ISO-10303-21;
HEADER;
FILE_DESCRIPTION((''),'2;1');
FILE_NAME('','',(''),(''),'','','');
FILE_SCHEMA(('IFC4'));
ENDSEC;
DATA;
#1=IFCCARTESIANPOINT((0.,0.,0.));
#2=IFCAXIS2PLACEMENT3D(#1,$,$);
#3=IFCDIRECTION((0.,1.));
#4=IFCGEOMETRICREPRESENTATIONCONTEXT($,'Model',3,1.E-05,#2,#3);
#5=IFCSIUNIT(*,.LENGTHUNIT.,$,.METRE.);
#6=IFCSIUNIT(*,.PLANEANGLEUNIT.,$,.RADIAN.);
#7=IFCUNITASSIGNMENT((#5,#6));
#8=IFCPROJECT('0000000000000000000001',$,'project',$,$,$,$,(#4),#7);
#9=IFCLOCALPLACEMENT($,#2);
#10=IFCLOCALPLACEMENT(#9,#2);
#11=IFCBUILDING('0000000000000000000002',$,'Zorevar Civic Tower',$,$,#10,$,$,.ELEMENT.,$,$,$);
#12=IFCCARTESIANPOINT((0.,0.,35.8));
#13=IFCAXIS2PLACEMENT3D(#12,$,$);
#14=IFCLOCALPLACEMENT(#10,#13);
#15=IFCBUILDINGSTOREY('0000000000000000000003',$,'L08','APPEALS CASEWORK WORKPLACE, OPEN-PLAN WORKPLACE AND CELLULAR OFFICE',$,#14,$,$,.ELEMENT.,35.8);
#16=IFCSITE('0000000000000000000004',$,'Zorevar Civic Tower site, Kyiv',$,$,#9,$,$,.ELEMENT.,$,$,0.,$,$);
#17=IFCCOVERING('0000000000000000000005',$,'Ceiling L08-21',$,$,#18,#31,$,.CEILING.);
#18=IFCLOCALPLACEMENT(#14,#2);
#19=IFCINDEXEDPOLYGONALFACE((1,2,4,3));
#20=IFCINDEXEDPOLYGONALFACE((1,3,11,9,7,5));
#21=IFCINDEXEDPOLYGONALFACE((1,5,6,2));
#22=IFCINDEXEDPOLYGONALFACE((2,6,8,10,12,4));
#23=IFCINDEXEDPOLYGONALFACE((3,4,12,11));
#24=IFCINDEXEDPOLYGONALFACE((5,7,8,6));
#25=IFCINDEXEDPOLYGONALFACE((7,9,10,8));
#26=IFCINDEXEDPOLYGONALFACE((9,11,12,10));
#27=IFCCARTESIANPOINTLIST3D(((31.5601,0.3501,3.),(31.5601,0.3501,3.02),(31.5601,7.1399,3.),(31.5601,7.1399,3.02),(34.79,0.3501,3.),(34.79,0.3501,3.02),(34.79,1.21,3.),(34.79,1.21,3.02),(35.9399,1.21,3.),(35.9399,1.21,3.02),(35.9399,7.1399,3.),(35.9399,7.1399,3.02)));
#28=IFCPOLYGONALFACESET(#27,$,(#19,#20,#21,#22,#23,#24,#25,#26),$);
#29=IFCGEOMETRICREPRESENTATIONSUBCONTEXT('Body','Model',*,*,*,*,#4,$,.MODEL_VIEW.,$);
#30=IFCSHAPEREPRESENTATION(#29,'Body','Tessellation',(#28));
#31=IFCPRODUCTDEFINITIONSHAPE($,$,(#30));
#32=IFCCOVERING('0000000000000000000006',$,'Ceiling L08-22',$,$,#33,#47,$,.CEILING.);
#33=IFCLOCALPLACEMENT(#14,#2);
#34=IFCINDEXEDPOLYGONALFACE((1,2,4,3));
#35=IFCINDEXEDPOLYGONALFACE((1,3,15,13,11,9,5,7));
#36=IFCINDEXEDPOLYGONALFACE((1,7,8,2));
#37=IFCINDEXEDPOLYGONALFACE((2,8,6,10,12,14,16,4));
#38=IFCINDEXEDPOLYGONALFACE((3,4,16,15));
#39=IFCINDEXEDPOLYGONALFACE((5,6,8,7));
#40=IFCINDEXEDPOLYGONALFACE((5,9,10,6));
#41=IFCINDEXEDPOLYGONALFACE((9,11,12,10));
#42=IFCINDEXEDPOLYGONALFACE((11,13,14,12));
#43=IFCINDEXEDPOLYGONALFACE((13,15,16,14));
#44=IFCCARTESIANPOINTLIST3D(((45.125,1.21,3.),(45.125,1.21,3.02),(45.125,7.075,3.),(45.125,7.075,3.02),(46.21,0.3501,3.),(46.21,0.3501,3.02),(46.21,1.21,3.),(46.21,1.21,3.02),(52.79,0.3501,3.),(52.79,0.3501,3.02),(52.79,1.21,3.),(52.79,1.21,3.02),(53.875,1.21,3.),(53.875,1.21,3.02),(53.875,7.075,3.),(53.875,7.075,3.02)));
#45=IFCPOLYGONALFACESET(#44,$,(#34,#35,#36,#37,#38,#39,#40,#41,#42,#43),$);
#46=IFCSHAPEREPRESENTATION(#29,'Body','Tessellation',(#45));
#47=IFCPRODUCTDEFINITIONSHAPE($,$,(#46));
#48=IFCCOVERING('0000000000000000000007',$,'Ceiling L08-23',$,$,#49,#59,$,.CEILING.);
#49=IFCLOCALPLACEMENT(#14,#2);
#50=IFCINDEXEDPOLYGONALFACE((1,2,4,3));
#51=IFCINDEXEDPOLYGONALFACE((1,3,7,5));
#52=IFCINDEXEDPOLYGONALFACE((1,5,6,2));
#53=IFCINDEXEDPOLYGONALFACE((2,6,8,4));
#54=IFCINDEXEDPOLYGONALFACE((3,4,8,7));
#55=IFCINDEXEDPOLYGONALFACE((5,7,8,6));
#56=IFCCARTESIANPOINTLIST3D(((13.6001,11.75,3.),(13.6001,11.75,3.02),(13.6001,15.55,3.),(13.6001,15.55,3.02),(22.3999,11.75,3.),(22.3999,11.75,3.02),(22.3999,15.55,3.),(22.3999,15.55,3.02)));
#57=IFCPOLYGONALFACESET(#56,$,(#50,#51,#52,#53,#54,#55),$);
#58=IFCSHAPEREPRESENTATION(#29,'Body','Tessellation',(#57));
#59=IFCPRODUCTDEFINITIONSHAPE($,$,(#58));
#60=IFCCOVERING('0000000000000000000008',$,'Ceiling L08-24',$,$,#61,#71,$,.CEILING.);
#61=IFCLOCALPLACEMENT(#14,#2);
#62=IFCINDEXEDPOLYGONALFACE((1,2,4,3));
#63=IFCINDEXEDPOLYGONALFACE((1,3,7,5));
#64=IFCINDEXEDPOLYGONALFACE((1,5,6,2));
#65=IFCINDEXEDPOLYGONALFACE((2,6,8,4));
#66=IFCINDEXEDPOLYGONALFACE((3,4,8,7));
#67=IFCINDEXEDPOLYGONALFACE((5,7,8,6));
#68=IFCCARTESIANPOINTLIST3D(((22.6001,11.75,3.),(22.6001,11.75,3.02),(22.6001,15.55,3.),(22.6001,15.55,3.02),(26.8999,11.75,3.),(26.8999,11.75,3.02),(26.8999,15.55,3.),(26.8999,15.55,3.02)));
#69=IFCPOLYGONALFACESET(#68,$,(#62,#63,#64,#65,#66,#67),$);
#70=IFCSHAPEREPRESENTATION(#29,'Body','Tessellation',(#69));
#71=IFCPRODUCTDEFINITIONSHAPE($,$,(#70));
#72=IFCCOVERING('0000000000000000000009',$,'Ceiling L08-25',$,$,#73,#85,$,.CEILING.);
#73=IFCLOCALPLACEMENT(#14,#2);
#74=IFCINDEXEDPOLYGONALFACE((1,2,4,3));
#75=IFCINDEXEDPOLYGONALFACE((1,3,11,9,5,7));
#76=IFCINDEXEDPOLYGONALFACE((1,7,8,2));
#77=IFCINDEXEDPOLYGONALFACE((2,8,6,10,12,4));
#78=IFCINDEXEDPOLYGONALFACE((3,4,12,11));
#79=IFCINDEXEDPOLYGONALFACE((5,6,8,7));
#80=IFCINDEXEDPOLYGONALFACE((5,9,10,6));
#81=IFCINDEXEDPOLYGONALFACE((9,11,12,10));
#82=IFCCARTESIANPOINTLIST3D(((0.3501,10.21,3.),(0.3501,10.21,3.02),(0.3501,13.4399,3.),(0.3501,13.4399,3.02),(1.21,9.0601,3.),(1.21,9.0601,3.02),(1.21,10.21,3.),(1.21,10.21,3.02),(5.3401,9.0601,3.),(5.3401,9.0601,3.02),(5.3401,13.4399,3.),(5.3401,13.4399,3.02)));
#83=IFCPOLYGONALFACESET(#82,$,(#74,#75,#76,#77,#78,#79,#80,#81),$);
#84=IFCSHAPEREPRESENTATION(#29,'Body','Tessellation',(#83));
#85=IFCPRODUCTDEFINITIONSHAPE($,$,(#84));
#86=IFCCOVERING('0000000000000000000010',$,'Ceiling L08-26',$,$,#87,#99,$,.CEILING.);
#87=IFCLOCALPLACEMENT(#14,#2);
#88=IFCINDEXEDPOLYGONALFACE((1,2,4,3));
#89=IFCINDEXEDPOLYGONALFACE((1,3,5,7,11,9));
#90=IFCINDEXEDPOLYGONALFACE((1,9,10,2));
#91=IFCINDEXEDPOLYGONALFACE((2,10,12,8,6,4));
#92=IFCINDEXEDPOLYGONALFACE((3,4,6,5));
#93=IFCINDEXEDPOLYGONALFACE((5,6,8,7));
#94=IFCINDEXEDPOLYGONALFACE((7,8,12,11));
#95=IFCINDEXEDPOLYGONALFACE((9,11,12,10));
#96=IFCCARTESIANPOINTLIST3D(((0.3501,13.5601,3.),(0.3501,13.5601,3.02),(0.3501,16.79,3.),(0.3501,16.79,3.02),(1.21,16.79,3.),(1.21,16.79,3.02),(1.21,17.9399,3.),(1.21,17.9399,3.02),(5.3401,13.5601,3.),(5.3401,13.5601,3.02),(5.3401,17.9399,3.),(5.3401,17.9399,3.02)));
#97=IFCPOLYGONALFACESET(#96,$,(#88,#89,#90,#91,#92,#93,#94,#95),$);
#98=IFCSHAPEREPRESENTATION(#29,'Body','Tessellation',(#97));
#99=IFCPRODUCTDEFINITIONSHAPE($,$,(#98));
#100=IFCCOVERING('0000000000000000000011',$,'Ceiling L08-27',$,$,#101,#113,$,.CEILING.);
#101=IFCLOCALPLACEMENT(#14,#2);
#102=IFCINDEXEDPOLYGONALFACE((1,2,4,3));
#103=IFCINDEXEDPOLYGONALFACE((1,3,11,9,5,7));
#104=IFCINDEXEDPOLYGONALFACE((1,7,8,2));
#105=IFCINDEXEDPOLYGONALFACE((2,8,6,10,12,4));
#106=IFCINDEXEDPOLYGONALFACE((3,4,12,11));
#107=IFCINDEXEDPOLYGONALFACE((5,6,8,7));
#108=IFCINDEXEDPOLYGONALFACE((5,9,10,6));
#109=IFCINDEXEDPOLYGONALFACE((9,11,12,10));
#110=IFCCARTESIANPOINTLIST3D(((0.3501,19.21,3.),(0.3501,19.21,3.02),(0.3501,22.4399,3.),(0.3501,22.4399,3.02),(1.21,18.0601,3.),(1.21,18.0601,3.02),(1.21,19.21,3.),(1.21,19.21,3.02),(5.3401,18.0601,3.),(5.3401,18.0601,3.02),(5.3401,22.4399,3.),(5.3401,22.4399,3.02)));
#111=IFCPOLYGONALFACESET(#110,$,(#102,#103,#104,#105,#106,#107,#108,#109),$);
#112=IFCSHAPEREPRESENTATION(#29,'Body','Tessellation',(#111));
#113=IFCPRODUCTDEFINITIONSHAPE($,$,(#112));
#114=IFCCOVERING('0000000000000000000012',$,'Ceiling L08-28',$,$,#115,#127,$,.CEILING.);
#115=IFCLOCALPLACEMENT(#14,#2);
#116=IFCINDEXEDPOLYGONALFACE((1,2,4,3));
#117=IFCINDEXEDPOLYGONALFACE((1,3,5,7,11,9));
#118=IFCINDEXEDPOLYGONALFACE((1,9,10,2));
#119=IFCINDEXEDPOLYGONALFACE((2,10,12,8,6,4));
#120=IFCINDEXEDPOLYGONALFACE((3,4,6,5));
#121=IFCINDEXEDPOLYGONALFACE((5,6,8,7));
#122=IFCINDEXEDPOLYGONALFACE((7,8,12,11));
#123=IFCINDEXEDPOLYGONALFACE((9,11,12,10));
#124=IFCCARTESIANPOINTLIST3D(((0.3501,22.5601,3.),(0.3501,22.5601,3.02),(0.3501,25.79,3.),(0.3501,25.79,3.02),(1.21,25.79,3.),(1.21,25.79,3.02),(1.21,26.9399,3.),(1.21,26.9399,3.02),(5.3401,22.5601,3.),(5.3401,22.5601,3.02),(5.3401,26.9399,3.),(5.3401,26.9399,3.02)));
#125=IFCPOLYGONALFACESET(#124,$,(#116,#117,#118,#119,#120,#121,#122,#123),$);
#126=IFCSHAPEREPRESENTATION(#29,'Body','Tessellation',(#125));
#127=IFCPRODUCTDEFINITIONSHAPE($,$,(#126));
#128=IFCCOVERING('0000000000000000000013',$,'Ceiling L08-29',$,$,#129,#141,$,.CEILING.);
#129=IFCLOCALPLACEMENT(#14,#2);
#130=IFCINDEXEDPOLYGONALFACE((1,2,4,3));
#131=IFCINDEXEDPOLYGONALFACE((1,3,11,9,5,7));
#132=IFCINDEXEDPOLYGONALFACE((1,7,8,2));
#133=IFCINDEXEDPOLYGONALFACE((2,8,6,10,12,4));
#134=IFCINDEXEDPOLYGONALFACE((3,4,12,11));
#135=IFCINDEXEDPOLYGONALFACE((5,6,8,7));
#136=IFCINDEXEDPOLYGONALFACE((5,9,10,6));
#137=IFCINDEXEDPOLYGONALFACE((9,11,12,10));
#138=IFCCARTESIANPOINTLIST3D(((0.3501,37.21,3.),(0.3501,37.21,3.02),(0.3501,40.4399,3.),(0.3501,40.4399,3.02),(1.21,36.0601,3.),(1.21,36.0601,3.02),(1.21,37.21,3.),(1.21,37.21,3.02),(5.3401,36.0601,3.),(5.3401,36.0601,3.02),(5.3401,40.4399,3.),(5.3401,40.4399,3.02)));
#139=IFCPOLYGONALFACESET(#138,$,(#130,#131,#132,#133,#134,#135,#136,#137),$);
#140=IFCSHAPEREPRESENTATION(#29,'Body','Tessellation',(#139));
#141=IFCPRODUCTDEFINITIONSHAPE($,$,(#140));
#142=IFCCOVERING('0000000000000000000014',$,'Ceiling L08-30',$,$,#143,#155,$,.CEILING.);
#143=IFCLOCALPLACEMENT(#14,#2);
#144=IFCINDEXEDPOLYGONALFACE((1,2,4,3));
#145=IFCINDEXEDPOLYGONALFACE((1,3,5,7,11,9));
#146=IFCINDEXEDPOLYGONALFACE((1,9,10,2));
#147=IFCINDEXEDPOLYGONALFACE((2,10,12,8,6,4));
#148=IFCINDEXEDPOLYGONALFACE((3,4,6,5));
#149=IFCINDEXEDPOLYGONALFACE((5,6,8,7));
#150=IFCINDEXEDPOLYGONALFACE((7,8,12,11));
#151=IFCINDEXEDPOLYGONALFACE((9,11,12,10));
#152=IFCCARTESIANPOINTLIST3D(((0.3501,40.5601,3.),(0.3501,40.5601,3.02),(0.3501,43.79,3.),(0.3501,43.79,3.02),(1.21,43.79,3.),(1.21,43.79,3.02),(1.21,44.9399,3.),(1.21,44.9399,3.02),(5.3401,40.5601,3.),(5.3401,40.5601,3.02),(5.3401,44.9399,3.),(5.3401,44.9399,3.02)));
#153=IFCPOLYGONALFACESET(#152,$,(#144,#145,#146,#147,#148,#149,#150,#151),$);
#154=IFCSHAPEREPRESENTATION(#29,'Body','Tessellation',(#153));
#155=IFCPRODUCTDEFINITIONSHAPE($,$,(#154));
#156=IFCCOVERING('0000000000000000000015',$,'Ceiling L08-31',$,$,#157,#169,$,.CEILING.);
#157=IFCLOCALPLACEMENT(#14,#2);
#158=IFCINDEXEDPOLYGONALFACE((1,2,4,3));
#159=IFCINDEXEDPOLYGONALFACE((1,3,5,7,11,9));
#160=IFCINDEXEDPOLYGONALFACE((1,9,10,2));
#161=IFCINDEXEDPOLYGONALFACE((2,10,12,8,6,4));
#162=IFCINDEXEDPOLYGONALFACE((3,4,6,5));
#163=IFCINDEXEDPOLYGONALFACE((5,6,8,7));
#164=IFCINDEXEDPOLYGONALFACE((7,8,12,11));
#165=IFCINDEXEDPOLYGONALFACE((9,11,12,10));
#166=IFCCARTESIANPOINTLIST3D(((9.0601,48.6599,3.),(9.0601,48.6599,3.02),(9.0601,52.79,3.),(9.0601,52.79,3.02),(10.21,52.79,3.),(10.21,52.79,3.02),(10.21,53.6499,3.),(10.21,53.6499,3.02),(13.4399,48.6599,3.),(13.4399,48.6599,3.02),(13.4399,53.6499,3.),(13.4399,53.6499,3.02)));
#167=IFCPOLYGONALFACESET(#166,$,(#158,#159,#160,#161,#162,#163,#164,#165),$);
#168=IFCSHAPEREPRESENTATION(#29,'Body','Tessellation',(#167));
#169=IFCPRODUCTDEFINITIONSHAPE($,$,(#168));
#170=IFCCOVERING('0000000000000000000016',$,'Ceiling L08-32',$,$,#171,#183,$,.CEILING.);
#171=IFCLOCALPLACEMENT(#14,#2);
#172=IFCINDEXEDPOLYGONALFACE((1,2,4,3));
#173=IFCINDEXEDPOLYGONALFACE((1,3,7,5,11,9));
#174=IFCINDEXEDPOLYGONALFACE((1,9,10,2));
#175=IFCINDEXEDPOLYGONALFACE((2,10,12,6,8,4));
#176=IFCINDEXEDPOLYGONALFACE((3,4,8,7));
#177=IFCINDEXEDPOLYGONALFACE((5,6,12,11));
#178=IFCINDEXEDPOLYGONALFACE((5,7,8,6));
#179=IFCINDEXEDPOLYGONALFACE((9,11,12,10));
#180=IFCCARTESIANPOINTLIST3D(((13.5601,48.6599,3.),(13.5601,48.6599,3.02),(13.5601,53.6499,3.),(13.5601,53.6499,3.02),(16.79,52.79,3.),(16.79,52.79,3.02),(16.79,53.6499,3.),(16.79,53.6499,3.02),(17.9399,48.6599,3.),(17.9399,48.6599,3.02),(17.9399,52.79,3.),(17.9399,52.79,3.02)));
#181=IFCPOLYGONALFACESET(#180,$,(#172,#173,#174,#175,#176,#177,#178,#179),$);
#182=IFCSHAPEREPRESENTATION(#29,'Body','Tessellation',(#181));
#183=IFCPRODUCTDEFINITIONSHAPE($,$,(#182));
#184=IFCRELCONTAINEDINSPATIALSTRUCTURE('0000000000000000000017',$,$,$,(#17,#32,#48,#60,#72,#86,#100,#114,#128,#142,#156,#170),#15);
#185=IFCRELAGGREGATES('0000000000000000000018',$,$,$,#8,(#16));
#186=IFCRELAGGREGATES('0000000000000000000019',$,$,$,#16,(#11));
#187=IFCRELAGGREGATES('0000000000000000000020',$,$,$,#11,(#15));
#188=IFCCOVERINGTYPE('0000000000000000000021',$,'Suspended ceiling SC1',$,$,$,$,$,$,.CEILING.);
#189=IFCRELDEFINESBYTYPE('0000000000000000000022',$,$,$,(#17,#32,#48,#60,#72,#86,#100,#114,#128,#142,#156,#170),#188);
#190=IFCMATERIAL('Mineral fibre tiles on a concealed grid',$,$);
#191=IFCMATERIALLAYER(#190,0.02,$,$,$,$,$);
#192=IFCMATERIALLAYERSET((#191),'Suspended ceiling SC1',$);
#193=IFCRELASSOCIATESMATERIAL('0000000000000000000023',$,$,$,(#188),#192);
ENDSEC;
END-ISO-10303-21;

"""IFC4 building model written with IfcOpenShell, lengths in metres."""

from ifc_helpers import new_model, si_unit, direction, frame, origin, place, context, subcontext, project, spatial, polyline, outline, extrude, material, layer, layer_set, type_object, element, save


model = new_model("IFC4")

# Units and contexts
model_context = context("Model", 3, precision=1e-05, world=origin(), true_north=direction((0.0, 1.0)))
body_context = subcontext(model_context, "Body", "Model", "MODEL_VIEW")
ifc_project = project(units=[si_unit("LENGTHUNIT", "METRE"), si_unit("PLANEANGLEUNIT", "RADIAN")], contexts=[model_context])

# Site, building, storey
site_placement = place(None, origin())
site = spatial("IfcSite", under=ifc_project, at=site_placement, Name="Zorevar Civic Tower site, Kyiv", CompositionType="ELEMENT", RefElevation=0.0)
building_placement = place(site_placement, origin())
building = spatial("IfcBuilding", under=site, at=building_placement, Name="Zorevar Civic Tower", CompositionType="ELEMENT")
storey_placement = place(building_placement, frame((0.0, 0.0, 35.8)))
storey = spatial("IfcBuildingStorey", under=building, at=storey_placement, Name="L08", Description="APPEALS CASEWORK WORKPLACE, OPEN-PLAN WORKPLACE AND CELLULAR OFFICE", CompositionType="ELEMENT", Elevation=35.8)

# Coverings
ifc_material_1 = material(Name="Mineral fibre tiles on a concealed grid")
ifc_layer_1 = layer(ifc_material_1, 0.02)
ifc_layer_set_1 = layer_set([ifc_layer_1], Name="Suspended ceiling SC1")
covering_type_1 = type_object("IfcCoveringType", Name="Suspended ceiling SC1", PredefinedType="CEILING", material=ifc_layer_set_1)
covering_1_placement = place(storey_placement, frame((0.0, 0.0, 3.0)))
element("IfcCovering", 1, at=covering_1_placement, inside=storey, type_object=covering_type_1, Name="Ceiling L08-21", PredefinedType="CEILING", context=body_context, shape_type="SweptSolid", body=[
    extrude(outline(polyline([(35.9399, 7.1399), (35.9399, 1.21), (34.79, 1.21), (34.79, 0.3501), (31.5601, 0.3501), (31.5601, 7.1399), (35.9399, 7.1399)])), origin(), (0.0, 0.0, 1.0), 0.02),
])
covering_2_placement = place(storey_placement, frame((0.0, 0.0, 3.0)))
element("IfcCovering", 2, at=covering_2_placement, inside=storey, type_object=covering_type_1, Name="Ceiling L08-22", PredefinedType="CEILING", context=body_context, shape_type="SweptSolid", body=[
    extrude(outline(polyline([(46.21, 0.3501), (46.21, 1.21), (45.125, 1.21), (45.125, 7.075), (53.875, 7.075), (53.875, 1.21), (52.79, 1.21), (52.79, 0.3501), (46.21, 0.3501)])), origin(), (0.0, 0.0, 1.0), 0.02),
])
covering_3_placement = place(storey_placement, frame((0.0, 0.0, 3.0)))
element("IfcCovering", 3, at=covering_3_placement, inside=storey, type_object=covering_type_1, Name="Ceiling L08-23", PredefinedType="CEILING", context=body_context, shape_type="SweptSolid", body=[
    extrude(outline(polyline([(13.6001, 11.75), (13.6001, 15.55), (22.3999, 15.55), (22.3999, 11.75), (13.6001, 11.75)])), origin(), (0.0, 0.0, 1.0), 0.02),
])
covering_4_placement = place(storey_placement, frame((0.0, 0.0, 3.0)))
element("IfcCovering", 4, at=covering_4_placement, inside=storey, type_object=covering_type_1, Name="Ceiling L08-24", PredefinedType="CEILING", context=body_context, shape_type="SweptSolid", body=[
    extrude(outline(polyline([(22.6001, 11.75), (22.6001, 15.55), (26.8999, 15.55), (26.8999, 11.75), (22.6001, 11.75)])), origin(), (0.0, 0.0, 1.0), 0.02),
])
covering_5_placement = place(storey_placement, frame((0.0, 0.0, 3.0)))
element("IfcCovering", 5, at=covering_5_placement, inside=storey, type_object=covering_type_1, Name="Ceiling L08-25", PredefinedType="CEILING", context=body_context, shape_type="SweptSolid", body=[
    extrude(outline(polyline([(5.3401, 9.0601), (1.21, 9.0601), (1.21, 10.21), (0.3501, 10.21), (0.3501, 13.4399), (5.3401, 13.4399), (5.3401, 9.0601)])), origin(), (0.0, 0.0, 1.0), 0.02),
])
covering_6_placement = place(storey_placement, frame((0.0, 0.0, 3.0)))
element("IfcCovering", 6, at=covering_6_placement, inside=storey, type_object=covering_type_1, Name="Ceiling L08-26", PredefinedType="CEILING", context=body_context, shape_type="SweptSolid", body=[
    extrude(outline(polyline([(5.3401, 13.5601), (0.3501, 13.5601), (0.3501, 16.79), (1.21, 16.79), (1.21, 17.9399), (5.3401, 17.9399), (5.3401, 13.5601)])), origin(), (0.0, 0.0, 1.0), 0.02),
])
covering_7_placement = place(storey_placement, frame((0.0, 0.0, 3.0)))
element("IfcCovering", 7, at=covering_7_placement, inside=storey, type_object=covering_type_1, Name="Ceiling L08-27", PredefinedType="CEILING", context=body_context, shape_type="SweptSolid", body=[
    extrude(outline(polyline([(5.3401, 18.0601), (1.21, 18.0601), (1.21, 19.21), (0.3501, 19.21), (0.3501, 22.4399), (5.3401, 22.4399), (5.3401, 18.0601)])), origin(), (0.0, 0.0, 1.0), 0.02),
])
covering_8_placement = place(storey_placement, frame((0.0, 0.0, 3.0)))
element("IfcCovering", 8, at=covering_8_placement, inside=storey, type_object=covering_type_1, Name="Ceiling L08-28", PredefinedType="CEILING", context=body_context, shape_type="SweptSolid", body=[
    extrude(outline(polyline([(5.3401, 22.5601), (0.3501, 22.5601), (0.3501, 25.79), (1.21, 25.79), (1.21, 26.9399), (5.3401, 26.9399), (5.3401, 22.5601)])), origin(), (0.0, 0.0, 1.0), 0.02),
])
covering_9_placement = place(storey_placement, frame((0.0, 0.0, 3.0)))
element("IfcCovering", 9, at=covering_9_placement, inside=storey, type_object=covering_type_1, Name="Ceiling L08-29", PredefinedType="CEILING", context=body_context, shape_type="SweptSolid", body=[
    extrude(outline(polyline([(5.3401, 36.0601), (1.21, 36.0601), (1.21, 37.21), (0.3501, 37.21), (0.3501, 40.4399), (5.3401, 40.4399), (5.3401, 36.0601)])), origin(), (0.0, 0.0, 1.0), 0.02),
])
covering_10_placement = place(storey_placement, frame((0.0, 0.0, 3.0)))
element("IfcCovering", 10, at=covering_10_placement, inside=storey, type_object=covering_type_1, Name="Ceiling L08-30", PredefinedType="CEILING", context=body_context, shape_type="SweptSolid", body=[
    extrude(outline(polyline([(5.3401, 40.5601), (0.3501, 40.5601), (0.3501, 43.79), (1.21, 43.79), (1.21, 44.9399), (5.3401, 44.9399), (5.3401, 40.5601)])), origin(), (0.0, 0.0, 1.0), 0.02),
])
covering_11_placement = place(storey_placement, frame((0.0, 0.0, 3.0)))
element("IfcCovering", 11, at=covering_11_placement, inside=storey, type_object=covering_type_1, Name="Ceiling L08-31", PredefinedType="CEILING", context=body_context, shape_type="SweptSolid", body=[
    extrude(outline(polyline([(9.0601, 48.6599), (9.0601, 52.79), (10.21, 52.79), (10.21, 53.6499), (13.4399, 53.6499), (13.4399, 48.6599), (9.0601, 48.6599)])), origin(), (0.0, 0.0, 1.0), 0.02),
])
covering_12_placement = place(storey_placement, frame((0.0, 0.0, 3.0)))
element("IfcCovering", 12, at=covering_12_placement, inside=storey, type_object=covering_type_1, Name="Ceiling L08-32", PredefinedType="CEILING", context=body_context, shape_type="SweptSolid", body=[
    extrude(outline(polyline([(13.5601, 48.6599), (13.5601, 53.6499), (16.79, 53.6499), (16.79, 52.79), (17.9399, 52.79), (17.9399, 48.6599), (13.5601, 48.6599)])), origin(), (0.0, 0.0, 1.0), 0.02),
])

save(model, "model.ifc")
